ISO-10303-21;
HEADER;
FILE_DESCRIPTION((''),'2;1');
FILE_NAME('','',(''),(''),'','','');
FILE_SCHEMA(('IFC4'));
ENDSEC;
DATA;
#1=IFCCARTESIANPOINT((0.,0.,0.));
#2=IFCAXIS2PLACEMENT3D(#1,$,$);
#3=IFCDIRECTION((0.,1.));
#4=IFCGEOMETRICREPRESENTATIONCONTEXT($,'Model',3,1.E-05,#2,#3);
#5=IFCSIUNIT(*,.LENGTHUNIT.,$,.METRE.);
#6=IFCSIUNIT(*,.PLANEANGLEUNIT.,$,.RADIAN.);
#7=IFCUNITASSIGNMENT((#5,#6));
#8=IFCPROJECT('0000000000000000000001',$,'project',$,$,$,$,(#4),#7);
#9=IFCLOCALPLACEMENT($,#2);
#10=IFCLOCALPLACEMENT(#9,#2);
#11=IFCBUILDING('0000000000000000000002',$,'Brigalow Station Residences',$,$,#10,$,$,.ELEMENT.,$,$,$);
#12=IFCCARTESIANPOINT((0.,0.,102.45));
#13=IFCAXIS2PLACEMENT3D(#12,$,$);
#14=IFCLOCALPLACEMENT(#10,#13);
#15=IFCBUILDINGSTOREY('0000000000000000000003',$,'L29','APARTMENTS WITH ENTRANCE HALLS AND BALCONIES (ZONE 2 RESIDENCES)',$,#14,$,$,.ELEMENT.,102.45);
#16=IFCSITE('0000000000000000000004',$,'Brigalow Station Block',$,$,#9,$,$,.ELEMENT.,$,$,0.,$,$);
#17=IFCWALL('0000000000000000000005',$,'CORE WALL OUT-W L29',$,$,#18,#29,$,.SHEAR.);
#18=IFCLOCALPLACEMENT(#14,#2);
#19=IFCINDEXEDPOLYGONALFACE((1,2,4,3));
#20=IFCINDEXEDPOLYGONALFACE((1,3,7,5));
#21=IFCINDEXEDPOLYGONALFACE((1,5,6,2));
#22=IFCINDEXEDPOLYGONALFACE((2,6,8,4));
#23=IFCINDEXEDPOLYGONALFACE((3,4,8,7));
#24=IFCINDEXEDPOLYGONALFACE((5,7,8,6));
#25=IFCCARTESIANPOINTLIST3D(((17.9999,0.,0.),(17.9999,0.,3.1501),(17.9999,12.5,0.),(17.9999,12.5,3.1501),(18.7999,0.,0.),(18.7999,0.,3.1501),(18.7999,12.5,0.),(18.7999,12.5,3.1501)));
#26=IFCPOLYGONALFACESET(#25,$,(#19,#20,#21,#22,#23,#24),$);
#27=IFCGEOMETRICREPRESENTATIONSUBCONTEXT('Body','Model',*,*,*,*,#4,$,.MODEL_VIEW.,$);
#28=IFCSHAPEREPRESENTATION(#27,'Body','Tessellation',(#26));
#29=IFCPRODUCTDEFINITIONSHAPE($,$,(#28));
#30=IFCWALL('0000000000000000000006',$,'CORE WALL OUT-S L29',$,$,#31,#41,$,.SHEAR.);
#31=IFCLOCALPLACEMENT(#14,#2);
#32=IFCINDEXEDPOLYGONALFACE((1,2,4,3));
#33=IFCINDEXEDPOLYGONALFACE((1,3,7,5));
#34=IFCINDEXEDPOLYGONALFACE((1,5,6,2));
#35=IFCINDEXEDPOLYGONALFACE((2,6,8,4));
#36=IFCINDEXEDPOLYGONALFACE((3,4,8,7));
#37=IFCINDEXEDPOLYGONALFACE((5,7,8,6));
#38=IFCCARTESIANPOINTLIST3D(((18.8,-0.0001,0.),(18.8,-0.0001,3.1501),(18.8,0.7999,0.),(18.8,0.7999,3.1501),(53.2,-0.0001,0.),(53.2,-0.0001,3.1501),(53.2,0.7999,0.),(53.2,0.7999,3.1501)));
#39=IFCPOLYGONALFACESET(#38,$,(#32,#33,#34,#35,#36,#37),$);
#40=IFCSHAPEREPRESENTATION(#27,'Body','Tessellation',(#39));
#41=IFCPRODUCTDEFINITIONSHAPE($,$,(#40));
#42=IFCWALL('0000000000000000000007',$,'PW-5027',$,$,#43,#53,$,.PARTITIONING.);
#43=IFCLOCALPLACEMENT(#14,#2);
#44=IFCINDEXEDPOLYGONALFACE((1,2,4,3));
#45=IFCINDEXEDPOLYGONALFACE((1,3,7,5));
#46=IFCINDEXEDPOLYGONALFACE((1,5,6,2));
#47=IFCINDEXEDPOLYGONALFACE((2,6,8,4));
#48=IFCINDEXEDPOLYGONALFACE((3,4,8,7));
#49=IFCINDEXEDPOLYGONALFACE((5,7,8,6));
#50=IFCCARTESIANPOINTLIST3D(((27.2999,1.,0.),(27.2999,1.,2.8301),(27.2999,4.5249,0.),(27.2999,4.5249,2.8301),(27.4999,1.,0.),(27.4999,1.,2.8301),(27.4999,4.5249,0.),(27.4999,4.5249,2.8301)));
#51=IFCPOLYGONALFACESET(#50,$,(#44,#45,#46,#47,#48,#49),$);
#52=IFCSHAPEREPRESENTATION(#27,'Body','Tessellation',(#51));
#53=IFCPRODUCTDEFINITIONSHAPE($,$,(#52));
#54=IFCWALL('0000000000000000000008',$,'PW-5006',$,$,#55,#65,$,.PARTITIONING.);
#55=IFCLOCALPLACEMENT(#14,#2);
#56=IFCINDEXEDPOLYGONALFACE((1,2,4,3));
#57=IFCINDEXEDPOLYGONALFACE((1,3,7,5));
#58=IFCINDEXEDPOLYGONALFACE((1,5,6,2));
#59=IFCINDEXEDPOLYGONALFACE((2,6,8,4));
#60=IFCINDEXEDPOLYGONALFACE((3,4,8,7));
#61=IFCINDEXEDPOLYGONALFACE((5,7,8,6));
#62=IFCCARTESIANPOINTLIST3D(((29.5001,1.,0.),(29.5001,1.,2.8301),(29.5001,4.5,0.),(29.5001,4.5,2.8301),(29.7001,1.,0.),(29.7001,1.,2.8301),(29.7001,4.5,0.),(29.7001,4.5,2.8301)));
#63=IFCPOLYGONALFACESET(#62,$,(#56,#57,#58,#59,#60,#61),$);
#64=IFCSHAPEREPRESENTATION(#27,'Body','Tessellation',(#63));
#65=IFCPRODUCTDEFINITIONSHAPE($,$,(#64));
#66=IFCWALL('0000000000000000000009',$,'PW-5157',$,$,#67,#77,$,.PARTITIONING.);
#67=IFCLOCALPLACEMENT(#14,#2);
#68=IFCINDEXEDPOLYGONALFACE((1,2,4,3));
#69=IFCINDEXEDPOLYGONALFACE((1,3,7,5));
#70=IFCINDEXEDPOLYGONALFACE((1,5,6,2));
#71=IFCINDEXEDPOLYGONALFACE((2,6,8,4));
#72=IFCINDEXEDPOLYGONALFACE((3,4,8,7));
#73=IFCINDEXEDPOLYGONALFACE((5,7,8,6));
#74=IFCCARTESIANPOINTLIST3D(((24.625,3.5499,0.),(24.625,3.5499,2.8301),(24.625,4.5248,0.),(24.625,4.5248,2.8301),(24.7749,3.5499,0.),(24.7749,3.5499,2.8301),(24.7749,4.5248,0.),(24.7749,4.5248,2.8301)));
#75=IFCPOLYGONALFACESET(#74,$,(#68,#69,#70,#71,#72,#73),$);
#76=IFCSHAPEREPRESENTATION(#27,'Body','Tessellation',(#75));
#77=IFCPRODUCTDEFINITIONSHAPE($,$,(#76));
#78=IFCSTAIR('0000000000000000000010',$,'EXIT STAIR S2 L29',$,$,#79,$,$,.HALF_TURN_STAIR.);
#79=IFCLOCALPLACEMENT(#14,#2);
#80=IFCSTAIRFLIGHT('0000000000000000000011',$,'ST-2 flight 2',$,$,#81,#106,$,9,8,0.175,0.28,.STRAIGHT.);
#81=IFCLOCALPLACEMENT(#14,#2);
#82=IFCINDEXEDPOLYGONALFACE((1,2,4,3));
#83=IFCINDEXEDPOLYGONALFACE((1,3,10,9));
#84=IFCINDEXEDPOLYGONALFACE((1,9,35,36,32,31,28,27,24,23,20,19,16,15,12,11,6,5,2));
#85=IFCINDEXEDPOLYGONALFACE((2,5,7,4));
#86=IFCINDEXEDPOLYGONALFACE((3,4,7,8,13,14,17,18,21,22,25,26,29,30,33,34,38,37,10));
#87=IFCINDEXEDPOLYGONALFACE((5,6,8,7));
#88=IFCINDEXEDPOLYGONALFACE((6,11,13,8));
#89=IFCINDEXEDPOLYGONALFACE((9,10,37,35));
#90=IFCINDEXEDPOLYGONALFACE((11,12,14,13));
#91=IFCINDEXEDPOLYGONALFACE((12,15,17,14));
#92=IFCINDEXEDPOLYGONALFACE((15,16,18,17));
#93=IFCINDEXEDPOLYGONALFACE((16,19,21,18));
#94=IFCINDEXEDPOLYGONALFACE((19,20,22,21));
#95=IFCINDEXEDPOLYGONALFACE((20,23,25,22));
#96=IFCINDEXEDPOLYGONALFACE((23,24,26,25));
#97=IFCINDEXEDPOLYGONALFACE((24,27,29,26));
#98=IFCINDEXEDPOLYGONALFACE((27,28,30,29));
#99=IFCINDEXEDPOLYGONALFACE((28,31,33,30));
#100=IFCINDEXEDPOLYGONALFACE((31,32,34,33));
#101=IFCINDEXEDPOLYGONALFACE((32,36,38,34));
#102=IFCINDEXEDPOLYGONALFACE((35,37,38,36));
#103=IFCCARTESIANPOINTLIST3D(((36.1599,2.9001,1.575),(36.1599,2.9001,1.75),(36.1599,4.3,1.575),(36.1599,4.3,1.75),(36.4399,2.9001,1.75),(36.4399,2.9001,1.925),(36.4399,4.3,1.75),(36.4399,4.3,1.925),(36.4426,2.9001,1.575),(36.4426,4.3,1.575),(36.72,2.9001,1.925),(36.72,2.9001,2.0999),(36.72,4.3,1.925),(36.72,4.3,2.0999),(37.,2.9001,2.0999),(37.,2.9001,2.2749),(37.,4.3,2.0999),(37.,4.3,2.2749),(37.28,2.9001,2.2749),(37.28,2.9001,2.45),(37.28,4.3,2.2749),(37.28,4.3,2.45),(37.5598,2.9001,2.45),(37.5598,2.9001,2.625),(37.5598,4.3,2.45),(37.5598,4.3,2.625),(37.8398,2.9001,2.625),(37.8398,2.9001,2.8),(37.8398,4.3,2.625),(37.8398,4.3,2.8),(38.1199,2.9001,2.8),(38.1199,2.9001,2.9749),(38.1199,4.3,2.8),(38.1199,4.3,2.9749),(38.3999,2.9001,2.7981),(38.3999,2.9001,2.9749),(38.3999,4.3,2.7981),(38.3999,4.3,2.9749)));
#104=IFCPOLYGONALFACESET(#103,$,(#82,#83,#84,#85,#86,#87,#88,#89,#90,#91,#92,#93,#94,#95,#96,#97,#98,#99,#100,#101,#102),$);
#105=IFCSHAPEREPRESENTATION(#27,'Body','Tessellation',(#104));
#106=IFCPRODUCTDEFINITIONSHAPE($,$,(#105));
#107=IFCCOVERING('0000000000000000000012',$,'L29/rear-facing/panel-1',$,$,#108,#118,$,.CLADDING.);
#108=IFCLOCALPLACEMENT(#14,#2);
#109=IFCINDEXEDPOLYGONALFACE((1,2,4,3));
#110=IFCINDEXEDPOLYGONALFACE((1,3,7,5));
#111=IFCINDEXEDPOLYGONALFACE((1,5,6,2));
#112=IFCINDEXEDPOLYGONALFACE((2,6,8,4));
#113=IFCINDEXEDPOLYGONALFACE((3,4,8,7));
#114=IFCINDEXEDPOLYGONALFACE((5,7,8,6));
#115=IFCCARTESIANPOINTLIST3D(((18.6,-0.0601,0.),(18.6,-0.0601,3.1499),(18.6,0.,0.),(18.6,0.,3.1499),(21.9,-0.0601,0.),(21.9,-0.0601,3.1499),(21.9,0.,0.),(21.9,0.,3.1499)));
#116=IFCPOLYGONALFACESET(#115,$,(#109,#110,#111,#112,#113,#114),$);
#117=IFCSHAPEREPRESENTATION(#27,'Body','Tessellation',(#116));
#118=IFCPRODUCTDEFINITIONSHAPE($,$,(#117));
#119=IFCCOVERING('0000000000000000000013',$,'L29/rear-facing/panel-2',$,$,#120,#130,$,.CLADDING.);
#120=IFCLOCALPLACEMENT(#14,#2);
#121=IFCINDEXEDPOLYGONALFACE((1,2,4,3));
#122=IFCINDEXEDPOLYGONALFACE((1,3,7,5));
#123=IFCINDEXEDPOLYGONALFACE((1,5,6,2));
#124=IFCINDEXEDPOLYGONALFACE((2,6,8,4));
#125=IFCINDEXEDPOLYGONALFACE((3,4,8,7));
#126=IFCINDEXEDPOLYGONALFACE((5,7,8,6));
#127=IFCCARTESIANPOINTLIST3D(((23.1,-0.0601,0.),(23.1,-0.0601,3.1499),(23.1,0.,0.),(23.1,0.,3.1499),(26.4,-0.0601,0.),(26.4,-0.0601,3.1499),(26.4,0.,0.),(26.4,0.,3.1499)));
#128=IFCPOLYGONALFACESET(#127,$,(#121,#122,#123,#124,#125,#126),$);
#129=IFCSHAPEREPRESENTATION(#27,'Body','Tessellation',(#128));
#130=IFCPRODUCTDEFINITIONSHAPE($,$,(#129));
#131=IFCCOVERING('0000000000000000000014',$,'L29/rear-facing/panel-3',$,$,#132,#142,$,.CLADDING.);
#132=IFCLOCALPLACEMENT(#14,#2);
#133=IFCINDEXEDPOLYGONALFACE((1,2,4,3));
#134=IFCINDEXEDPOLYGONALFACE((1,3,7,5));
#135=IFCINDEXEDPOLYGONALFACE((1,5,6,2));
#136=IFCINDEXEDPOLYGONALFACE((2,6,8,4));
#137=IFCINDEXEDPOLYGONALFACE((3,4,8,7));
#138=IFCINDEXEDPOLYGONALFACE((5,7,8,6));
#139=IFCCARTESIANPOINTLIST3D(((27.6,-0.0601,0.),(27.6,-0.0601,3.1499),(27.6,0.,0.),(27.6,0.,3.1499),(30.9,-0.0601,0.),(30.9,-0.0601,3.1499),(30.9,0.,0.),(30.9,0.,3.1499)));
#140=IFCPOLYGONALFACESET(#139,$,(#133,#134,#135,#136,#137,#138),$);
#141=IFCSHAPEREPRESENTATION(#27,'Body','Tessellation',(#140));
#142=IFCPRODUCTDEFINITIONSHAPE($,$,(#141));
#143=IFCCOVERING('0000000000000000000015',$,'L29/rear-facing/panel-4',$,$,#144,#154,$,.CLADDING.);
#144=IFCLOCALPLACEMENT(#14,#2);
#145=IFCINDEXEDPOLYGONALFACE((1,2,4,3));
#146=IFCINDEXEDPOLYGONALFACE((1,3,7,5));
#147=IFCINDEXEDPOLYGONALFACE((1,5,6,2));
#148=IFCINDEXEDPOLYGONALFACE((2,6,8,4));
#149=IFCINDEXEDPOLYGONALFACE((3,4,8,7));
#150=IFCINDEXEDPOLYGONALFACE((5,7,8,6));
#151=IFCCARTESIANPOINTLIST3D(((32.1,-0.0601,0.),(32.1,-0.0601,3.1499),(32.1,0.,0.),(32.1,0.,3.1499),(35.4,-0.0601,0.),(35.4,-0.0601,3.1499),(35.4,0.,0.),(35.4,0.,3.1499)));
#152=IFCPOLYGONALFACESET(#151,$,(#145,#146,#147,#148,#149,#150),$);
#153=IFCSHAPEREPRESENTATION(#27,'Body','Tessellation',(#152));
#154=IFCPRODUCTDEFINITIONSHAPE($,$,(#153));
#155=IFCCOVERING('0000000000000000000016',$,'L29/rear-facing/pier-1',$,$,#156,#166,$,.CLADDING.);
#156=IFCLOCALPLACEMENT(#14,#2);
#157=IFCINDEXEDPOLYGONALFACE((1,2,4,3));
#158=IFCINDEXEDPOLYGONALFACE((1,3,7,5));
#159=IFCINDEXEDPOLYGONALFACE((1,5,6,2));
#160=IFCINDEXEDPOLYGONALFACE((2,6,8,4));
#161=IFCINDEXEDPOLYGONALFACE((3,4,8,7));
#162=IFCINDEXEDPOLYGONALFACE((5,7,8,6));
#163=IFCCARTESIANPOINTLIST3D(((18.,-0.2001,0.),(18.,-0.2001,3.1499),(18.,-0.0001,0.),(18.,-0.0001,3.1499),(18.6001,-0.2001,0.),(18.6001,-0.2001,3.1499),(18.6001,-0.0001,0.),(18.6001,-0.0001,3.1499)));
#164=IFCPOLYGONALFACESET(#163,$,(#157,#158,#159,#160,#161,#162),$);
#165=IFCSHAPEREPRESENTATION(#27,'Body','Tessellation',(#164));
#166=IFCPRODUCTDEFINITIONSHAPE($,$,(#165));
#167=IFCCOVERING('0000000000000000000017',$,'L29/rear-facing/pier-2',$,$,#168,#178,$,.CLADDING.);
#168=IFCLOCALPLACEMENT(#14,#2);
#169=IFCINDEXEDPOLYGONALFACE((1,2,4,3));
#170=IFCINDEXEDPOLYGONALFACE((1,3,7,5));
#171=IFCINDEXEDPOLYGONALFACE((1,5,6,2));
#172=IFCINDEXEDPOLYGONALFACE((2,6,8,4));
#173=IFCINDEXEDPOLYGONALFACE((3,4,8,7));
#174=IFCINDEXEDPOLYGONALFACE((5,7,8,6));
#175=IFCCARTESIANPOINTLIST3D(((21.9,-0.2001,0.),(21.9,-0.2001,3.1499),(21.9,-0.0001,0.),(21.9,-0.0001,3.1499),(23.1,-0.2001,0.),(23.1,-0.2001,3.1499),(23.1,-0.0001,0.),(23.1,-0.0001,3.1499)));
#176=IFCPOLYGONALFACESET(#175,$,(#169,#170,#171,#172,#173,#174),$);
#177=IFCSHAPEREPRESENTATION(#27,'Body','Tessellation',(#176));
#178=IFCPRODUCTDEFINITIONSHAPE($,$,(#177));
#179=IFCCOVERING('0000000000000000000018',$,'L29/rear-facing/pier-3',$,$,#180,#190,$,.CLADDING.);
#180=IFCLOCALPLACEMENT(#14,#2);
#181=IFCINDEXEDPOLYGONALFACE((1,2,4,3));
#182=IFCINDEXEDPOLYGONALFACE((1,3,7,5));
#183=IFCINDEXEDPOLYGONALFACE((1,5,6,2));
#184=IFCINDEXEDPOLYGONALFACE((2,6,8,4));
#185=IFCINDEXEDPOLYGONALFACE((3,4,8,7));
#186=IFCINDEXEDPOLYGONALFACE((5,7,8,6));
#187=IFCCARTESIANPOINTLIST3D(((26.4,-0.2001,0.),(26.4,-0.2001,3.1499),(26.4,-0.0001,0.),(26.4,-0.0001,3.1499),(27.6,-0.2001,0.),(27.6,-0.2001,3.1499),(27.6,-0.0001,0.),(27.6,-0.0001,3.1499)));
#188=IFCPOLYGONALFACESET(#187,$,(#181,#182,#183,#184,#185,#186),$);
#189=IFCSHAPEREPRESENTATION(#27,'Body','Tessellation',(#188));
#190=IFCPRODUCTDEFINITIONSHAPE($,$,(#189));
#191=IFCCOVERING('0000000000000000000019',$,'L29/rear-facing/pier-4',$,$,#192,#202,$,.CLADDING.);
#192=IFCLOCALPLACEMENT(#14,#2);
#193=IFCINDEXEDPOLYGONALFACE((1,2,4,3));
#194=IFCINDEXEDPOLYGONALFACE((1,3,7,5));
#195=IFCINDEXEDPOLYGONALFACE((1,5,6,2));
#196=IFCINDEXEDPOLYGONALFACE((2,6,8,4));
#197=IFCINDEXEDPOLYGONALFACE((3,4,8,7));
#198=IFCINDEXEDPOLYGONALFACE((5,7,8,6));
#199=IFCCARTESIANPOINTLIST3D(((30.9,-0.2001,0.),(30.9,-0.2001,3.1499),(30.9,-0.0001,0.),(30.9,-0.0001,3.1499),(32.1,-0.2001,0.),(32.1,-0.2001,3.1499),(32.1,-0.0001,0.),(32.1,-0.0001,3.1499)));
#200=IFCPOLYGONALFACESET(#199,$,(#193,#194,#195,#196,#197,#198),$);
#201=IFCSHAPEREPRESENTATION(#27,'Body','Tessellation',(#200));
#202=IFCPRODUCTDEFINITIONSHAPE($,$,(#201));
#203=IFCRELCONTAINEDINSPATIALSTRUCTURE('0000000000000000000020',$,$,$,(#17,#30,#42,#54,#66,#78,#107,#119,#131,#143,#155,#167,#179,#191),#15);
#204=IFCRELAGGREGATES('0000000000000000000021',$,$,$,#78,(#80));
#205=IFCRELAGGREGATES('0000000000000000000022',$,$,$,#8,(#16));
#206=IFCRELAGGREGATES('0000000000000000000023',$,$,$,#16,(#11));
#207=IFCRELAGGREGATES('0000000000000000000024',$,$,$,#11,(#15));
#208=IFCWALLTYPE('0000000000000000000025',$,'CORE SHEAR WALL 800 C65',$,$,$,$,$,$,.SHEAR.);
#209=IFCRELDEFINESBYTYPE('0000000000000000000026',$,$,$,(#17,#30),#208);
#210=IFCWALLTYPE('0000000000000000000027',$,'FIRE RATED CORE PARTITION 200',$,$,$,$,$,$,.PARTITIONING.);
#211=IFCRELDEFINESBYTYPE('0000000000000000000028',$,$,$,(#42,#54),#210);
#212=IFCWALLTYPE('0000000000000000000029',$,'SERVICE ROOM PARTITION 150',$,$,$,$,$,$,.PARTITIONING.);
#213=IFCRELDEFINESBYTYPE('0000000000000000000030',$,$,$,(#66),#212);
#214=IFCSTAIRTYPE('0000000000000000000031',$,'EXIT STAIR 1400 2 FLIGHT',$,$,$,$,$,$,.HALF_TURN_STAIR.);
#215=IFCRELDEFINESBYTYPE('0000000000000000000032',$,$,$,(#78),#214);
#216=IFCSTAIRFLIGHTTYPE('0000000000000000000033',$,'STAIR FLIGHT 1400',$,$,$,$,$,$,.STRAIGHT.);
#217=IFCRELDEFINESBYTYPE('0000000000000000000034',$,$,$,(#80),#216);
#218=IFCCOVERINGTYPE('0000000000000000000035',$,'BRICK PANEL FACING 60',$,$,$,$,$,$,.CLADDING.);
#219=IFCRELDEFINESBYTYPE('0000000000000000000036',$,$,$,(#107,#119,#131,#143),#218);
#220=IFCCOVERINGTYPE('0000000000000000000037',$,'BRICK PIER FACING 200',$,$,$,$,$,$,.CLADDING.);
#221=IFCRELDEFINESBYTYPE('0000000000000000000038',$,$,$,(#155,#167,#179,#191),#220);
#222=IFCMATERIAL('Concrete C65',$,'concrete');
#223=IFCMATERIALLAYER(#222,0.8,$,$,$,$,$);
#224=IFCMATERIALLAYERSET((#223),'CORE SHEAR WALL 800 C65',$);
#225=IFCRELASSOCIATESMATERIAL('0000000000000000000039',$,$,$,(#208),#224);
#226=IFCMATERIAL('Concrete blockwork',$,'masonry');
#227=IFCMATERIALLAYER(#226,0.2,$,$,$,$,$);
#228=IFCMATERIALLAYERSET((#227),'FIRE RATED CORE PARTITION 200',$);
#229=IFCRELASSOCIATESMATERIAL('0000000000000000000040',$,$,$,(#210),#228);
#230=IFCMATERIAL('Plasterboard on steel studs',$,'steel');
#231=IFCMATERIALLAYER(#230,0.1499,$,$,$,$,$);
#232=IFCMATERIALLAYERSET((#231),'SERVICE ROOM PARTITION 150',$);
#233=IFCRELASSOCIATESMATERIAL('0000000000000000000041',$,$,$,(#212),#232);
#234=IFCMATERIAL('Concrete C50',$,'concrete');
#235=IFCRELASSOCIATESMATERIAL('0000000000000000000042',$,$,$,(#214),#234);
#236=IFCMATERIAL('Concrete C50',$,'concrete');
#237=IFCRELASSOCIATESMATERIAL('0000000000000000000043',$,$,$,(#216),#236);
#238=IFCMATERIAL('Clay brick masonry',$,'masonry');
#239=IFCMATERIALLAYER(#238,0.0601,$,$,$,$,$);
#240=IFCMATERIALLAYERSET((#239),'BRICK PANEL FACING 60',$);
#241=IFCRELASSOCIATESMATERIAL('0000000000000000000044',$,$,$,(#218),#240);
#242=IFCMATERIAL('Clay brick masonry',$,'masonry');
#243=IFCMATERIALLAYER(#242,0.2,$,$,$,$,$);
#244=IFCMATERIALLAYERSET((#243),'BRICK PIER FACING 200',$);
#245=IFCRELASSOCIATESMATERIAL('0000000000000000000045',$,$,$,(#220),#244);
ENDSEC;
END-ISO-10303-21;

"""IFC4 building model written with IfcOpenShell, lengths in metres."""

from ifc_helpers import new_model, si_unit, direction, frame, frame_2d, origin, origin_2d, place, context, subcontext, project, spatial, polyline, rectangle, outline, extrude, material, layer, layer_set, type_object, element, aggregate, save


model = new_model("IFC4")

# Units and contexts
model_context = context("Model", 3, precision=1e-05, world=origin(), true_north=direction((0.0, 1.0)))
body_context = subcontext(model_context, "Body", "Model", "MODEL_VIEW")
ifc_project = project(units=[si_unit("LENGTHUNIT", "METRE"), si_unit("PLANEANGLEUNIT", "RADIAN")], contexts=[model_context])

# Site, building, storey
site_placement = place(None, origin())
site = spatial("IfcSite", under=ifc_project, at=site_placement, Name="Brigalow Station Block", CompositionType="ELEMENT", RefElevation=0.0)
building_placement = place(site_placement, origin())
building = spatial("IfcBuilding", under=site, at=building_placement, Name="Brigalow Station Residences", CompositionType="ELEMENT")
storey_placement = place(building_placement, frame((0.0, 0.0, 102.45)))
storey = spatial("IfcBuildingStorey", under=building, at=storey_placement, Name="L29", Description="APARTMENTS WITH ENTRANCE HALLS AND BALCONIES (ZONE 2 RESIDENCES)", CompositionType="ELEMENT", Elevation=102.45)

# Walls
ifc_material_1 = material(Name="Concrete C65", Category="concrete")
ifc_layer_1 = layer(ifc_material_1, 0.8)
ifc_layer_set_1 = layer_set([ifc_layer_1], Name="CORE SHEAR WALL 800 C65")
wall_type_1 = type_object("IfcWallType", Name="CORE SHEAR WALL 800 C65", PredefinedType="SHEAR", material=ifc_layer_set_1)
wall_1_placement = place(storey_placement, frame((18.3999, 0.0, 0.0), z_axis=(0.0, 0.0, 1.0), x_axis=(0.0, 1.0, 0.0)))
element("IfcWall", 1, at=wall_1_placement, inside=storey, type_object=wall_type_1, Name="CORE WALL OUT-W L29", PredefinedType="SHEAR", context=body_context, shape_type="SweptSolid", body=[
    extrude(rectangle(XDim=12.5, YDim=0.8, at=frame_2d((6.25, 0.0))), origin(), (0.0, 0.0, 1.0), 3.1501),
])
wall_2_placement = place(storey_placement, frame((18.8, 0.3999, 0.0), z_axis=(0.0, 0.0, 1.0), x_axis=(1.0, 0.0, 0.0)))
element("IfcWall", 2, at=wall_2_placement, inside=storey, type_object=wall_type_1, Name="CORE WALL OUT-S L29", PredefinedType="SHEAR", context=body_context, shape_type="SweptSolid", body=[
    extrude(rectangle(XDim=34.3999, YDim=0.8, at=frame_2d((17.2, 0.0))), origin(), (0.0, 0.0, 1.0), 3.1501),
])
ifc_material_2 = material(Name="Concrete blockwork", Category="masonry")
ifc_layer_2 = layer(ifc_material_2, 0.2)
ifc_layer_set_2 = layer_set([ifc_layer_2], Name="FIRE RATED CORE PARTITION 200")
wall_type_2 = type_object("IfcWallType", Name="FIRE RATED CORE PARTITION 200", PredefinedType="PARTITIONING", material=ifc_layer_set_2)
wall_3_placement = place(storey_placement, frame((27.3999, 1.0, 0.0), z_axis=(0.0, 0.0, 1.0), x_axis=(0.0, 1.0, 0.0)))
element("IfcWall", 3, at=wall_3_placement, inside=storey, type_object=wall_type_2, Name="PW-5027", PredefinedType="PARTITIONING", context=body_context, shape_type="SweptSolid", body=[
    extrude(rectangle(XDim=3.5249, YDim=0.2, at=frame_2d((1.7625, 0.0))), origin(), (0.0, 0.0, 1.0), 2.8301),
])
wall_4_placement = place(storey_placement, frame((29.6001, 1.0, 0.0), z_axis=(0.0, 0.0, 1.0), x_axis=(0.0, 1.0, 0.0)))
element("IfcWall", 4, at=wall_4_placement, inside=storey, type_object=wall_type_2, Name="PW-5006", PredefinedType="PARTITIONING", context=body_context, shape_type="SweptSolid", body=[
    extrude(rectangle(XDim=3.5, YDim=0.2, at=frame_2d((1.75, 0.0))), origin(), (0.0, 0.0, 1.0), 2.8301),
])
ifc_material_3 = material(Name="Plasterboard on steel studs", Category="steel")
ifc_layer_3 = layer(ifc_material_3, 0.1499)
ifc_layer_set_3 = layer_set([ifc_layer_3], Name="SERVICE ROOM PARTITION 150")
wall_type_3 = type_object("IfcWallType", Name="SERVICE ROOM PARTITION 150", PredefinedType="PARTITIONING", material=ifc_layer_set_3)
wall_5_placement = place(storey_placement, frame((24.7, 3.55, 0.0), z_axis=(0.0, 0.0, 1.0), x_axis=(0.0, 1.0, 0.0)))
element("IfcWall", 5, at=wall_5_placement, inside=storey, type_object=wall_type_3, Name="PW-5157", PredefinedType="PARTITIONING", context=body_context, shape_type="SweptSolid", body=[
    extrude(rectangle(XDim=0.9749, YDim=0.1499, at=frame_2d((0.4873, 0.0))), origin(), (0.0, 0.0, 1.0), 2.8301),
])

# Stair, stair flight
ifc_material_4 = material(Name="Concrete C50", Category="concrete")
stair_type = type_object("IfcStairType", Name="EXIT STAIR 1400 2 FLIGHT", PredefinedType="HALF_TURN_STAIR", material=ifc_material_4)
stair_placement = place(storey_placement, origin())
stair = element("IfcStair", 6, at=stair_placement, inside=storey, type_object=stair_type, Name="EXIT STAIR S2 L29", PredefinedType="HALF_TURN_STAIR")
ifc_material_5 = material(Name="Concrete C50", Category="concrete")
stair_flight_type = type_object("IfcStairFlightType", Name="STAIR FLIGHT 1400", PredefinedType="STRAIGHT", material=ifc_material_5)
stair_flight_placement = place(storey_placement, frame((36.1599, 3.6001, 1.575), z_axis=(0.0, 0.0, 1.0), x_axis=(1.0, 0.0, 0.0)))
stair_flight = element("IfcStairFlight", 7, at=stair_flight_placement, type_object=stair_flight_type, Name="ST-2 flight 2", NumberOfRisers=9, NumberOfTreads=8, PredefinedType="STRAIGHT", RiserHeight=0.175, TreadLength=0.28, context=body_context, shape_type="SweptSolid", body=[
    extrude(outline(polyline([(0.0, 0.0), (0.0, 0.175), (0.28, 0.175), (0.28, 0.3501), (0.5601, 0.3501), (0.5601, 0.5249), (0.8401, 0.5249), (0.8401, 0.7), (1.1201, 0.7), (1.1201, 0.875), (1.3999, 0.875), (1.3999, 1.05), (1.6799, 1.05), (1.6799, 1.2251), (1.96, 1.2251), (1.96, 1.3999), (2.24, 1.3999), (2.24, 1.575), (2.24, 1.2231), (0.2827, 0.0), (0.0, 0.0)])), frame((0.0, 0.7, 0.0), z_axis=(0.0, -1.0, 0.0), x_axis=(1.0, 0.0, 0.0)), (0.0, 0.0, 1.0), 1.3999),
])
aggregate(stair, [stair_flight])

# Coverings
ifc_material_6 = material(Name="Clay brick masonry", Category="masonry")
ifc_layer_4 = layer(ifc_material_6, 0.0601)
ifc_layer_set_4 = layer_set([ifc_layer_4], Name="BRICK PANEL FACING 60")
covering_type_1 = type_object("IfcCoveringType", Name="BRICK PANEL FACING 60", PredefinedType="CLADDING", material=ifc_layer_set_4)
for number, where, z_axis, x_axis, name in (
    (8, (20.25, -0.03, 0.0), (0.0, 0.0, 1.0), (1.0, 0.0, 0.0), "L29/rear-facing/panel-1"),
    (9, (24.75, -0.03, 0.0), (0.0, 0.0, 1.0), (1.0, 0.0, 0.0), "L29/rear-facing/panel-2"),
    (10, (29.25, -0.03, 0.0), (0.0, 0.0, 1.0), (1.0, 0.0, 0.0), "L29/rear-facing/panel-3"),
    (11, (33.75, -0.03, 0.0), (0.0, 0.0, 1.0), (1.0, 0.0, 0.0), "L29/rear-facing/panel-4"),
):
    element("IfcCovering", number, at=place(storey_placement, frame(where, z_axis=z_axis, x_axis=x_axis)), inside=storey, type_object=covering_type_1, Name=name, PredefinedType="CLADDING", context=body_context, shape_type="SweptSolid", body=[
        extrude(rectangle(XDim=3.3, YDim=0.0601, at=origin_2d()), origin(), (0.0, 0.0, 1.0), 3.1499),
    ])
ifc_material_7 = material(Name="Clay brick masonry", Category="masonry")
ifc_layer_5 = layer(ifc_material_7, 0.2)
ifc_layer_set_5 = layer_set([ifc_layer_5], Name="BRICK PIER FACING 200")
covering_type_2 = type_object("IfcCoveringType", Name="BRICK PIER FACING 200", PredefinedType="CLADDING", material=ifc_layer_set_5)
covering_placement = place(storey_placement, frame((18.3, -0.1001, 0.0), z_axis=(0.0, 0.0, 1.0), x_axis=(1.0, 0.0, 0.0)))
element("IfcCovering", 12, at=covering_placement, inside=storey, type_object=covering_type_2, Name="L29/rear-facing/pier-1", PredefinedType="CLADDING", context=body_context, shape_type="SweptSolid", body=[
    extrude(rectangle(XDim=0.6001, YDim=0.2, at=origin_2d()), origin(), (0.0, 0.0, 1.0), 3.1499),
])
for number, where, z_axis, x_axis, name in (
    (13, (22.5, -0.1001, 0.0), (0.0, 0.0, 1.0), (1.0, 0.0, 0.0), "L29/rear-facing/pier-2"),
    (14, (27.0, -0.1001, 0.0), (0.0, 0.0, 1.0), (1.0, 0.0, 0.0), "L29/rear-facing/pier-3"),
    (15, (31.5, -0.1001, 0.0), (0.0, 0.0, 1.0), (1.0, 0.0, 0.0), "L29/rear-facing/pier-4"),
):
    element("IfcCovering", number, at=place(storey_placement, frame(where, z_axis=z_axis, x_axis=x_axis)), inside=storey, type_object=covering_type_2, Name=name, PredefinedType="CLADDING", context=body_context, shape_type="SweptSolid", body=[
        extrude(rectangle(XDim=1.2, YDim=0.2, at=origin_2d()), origin(), (0.0, 0.0, 1.0), 3.1499),
    ])

save(model, "model.ifc")
